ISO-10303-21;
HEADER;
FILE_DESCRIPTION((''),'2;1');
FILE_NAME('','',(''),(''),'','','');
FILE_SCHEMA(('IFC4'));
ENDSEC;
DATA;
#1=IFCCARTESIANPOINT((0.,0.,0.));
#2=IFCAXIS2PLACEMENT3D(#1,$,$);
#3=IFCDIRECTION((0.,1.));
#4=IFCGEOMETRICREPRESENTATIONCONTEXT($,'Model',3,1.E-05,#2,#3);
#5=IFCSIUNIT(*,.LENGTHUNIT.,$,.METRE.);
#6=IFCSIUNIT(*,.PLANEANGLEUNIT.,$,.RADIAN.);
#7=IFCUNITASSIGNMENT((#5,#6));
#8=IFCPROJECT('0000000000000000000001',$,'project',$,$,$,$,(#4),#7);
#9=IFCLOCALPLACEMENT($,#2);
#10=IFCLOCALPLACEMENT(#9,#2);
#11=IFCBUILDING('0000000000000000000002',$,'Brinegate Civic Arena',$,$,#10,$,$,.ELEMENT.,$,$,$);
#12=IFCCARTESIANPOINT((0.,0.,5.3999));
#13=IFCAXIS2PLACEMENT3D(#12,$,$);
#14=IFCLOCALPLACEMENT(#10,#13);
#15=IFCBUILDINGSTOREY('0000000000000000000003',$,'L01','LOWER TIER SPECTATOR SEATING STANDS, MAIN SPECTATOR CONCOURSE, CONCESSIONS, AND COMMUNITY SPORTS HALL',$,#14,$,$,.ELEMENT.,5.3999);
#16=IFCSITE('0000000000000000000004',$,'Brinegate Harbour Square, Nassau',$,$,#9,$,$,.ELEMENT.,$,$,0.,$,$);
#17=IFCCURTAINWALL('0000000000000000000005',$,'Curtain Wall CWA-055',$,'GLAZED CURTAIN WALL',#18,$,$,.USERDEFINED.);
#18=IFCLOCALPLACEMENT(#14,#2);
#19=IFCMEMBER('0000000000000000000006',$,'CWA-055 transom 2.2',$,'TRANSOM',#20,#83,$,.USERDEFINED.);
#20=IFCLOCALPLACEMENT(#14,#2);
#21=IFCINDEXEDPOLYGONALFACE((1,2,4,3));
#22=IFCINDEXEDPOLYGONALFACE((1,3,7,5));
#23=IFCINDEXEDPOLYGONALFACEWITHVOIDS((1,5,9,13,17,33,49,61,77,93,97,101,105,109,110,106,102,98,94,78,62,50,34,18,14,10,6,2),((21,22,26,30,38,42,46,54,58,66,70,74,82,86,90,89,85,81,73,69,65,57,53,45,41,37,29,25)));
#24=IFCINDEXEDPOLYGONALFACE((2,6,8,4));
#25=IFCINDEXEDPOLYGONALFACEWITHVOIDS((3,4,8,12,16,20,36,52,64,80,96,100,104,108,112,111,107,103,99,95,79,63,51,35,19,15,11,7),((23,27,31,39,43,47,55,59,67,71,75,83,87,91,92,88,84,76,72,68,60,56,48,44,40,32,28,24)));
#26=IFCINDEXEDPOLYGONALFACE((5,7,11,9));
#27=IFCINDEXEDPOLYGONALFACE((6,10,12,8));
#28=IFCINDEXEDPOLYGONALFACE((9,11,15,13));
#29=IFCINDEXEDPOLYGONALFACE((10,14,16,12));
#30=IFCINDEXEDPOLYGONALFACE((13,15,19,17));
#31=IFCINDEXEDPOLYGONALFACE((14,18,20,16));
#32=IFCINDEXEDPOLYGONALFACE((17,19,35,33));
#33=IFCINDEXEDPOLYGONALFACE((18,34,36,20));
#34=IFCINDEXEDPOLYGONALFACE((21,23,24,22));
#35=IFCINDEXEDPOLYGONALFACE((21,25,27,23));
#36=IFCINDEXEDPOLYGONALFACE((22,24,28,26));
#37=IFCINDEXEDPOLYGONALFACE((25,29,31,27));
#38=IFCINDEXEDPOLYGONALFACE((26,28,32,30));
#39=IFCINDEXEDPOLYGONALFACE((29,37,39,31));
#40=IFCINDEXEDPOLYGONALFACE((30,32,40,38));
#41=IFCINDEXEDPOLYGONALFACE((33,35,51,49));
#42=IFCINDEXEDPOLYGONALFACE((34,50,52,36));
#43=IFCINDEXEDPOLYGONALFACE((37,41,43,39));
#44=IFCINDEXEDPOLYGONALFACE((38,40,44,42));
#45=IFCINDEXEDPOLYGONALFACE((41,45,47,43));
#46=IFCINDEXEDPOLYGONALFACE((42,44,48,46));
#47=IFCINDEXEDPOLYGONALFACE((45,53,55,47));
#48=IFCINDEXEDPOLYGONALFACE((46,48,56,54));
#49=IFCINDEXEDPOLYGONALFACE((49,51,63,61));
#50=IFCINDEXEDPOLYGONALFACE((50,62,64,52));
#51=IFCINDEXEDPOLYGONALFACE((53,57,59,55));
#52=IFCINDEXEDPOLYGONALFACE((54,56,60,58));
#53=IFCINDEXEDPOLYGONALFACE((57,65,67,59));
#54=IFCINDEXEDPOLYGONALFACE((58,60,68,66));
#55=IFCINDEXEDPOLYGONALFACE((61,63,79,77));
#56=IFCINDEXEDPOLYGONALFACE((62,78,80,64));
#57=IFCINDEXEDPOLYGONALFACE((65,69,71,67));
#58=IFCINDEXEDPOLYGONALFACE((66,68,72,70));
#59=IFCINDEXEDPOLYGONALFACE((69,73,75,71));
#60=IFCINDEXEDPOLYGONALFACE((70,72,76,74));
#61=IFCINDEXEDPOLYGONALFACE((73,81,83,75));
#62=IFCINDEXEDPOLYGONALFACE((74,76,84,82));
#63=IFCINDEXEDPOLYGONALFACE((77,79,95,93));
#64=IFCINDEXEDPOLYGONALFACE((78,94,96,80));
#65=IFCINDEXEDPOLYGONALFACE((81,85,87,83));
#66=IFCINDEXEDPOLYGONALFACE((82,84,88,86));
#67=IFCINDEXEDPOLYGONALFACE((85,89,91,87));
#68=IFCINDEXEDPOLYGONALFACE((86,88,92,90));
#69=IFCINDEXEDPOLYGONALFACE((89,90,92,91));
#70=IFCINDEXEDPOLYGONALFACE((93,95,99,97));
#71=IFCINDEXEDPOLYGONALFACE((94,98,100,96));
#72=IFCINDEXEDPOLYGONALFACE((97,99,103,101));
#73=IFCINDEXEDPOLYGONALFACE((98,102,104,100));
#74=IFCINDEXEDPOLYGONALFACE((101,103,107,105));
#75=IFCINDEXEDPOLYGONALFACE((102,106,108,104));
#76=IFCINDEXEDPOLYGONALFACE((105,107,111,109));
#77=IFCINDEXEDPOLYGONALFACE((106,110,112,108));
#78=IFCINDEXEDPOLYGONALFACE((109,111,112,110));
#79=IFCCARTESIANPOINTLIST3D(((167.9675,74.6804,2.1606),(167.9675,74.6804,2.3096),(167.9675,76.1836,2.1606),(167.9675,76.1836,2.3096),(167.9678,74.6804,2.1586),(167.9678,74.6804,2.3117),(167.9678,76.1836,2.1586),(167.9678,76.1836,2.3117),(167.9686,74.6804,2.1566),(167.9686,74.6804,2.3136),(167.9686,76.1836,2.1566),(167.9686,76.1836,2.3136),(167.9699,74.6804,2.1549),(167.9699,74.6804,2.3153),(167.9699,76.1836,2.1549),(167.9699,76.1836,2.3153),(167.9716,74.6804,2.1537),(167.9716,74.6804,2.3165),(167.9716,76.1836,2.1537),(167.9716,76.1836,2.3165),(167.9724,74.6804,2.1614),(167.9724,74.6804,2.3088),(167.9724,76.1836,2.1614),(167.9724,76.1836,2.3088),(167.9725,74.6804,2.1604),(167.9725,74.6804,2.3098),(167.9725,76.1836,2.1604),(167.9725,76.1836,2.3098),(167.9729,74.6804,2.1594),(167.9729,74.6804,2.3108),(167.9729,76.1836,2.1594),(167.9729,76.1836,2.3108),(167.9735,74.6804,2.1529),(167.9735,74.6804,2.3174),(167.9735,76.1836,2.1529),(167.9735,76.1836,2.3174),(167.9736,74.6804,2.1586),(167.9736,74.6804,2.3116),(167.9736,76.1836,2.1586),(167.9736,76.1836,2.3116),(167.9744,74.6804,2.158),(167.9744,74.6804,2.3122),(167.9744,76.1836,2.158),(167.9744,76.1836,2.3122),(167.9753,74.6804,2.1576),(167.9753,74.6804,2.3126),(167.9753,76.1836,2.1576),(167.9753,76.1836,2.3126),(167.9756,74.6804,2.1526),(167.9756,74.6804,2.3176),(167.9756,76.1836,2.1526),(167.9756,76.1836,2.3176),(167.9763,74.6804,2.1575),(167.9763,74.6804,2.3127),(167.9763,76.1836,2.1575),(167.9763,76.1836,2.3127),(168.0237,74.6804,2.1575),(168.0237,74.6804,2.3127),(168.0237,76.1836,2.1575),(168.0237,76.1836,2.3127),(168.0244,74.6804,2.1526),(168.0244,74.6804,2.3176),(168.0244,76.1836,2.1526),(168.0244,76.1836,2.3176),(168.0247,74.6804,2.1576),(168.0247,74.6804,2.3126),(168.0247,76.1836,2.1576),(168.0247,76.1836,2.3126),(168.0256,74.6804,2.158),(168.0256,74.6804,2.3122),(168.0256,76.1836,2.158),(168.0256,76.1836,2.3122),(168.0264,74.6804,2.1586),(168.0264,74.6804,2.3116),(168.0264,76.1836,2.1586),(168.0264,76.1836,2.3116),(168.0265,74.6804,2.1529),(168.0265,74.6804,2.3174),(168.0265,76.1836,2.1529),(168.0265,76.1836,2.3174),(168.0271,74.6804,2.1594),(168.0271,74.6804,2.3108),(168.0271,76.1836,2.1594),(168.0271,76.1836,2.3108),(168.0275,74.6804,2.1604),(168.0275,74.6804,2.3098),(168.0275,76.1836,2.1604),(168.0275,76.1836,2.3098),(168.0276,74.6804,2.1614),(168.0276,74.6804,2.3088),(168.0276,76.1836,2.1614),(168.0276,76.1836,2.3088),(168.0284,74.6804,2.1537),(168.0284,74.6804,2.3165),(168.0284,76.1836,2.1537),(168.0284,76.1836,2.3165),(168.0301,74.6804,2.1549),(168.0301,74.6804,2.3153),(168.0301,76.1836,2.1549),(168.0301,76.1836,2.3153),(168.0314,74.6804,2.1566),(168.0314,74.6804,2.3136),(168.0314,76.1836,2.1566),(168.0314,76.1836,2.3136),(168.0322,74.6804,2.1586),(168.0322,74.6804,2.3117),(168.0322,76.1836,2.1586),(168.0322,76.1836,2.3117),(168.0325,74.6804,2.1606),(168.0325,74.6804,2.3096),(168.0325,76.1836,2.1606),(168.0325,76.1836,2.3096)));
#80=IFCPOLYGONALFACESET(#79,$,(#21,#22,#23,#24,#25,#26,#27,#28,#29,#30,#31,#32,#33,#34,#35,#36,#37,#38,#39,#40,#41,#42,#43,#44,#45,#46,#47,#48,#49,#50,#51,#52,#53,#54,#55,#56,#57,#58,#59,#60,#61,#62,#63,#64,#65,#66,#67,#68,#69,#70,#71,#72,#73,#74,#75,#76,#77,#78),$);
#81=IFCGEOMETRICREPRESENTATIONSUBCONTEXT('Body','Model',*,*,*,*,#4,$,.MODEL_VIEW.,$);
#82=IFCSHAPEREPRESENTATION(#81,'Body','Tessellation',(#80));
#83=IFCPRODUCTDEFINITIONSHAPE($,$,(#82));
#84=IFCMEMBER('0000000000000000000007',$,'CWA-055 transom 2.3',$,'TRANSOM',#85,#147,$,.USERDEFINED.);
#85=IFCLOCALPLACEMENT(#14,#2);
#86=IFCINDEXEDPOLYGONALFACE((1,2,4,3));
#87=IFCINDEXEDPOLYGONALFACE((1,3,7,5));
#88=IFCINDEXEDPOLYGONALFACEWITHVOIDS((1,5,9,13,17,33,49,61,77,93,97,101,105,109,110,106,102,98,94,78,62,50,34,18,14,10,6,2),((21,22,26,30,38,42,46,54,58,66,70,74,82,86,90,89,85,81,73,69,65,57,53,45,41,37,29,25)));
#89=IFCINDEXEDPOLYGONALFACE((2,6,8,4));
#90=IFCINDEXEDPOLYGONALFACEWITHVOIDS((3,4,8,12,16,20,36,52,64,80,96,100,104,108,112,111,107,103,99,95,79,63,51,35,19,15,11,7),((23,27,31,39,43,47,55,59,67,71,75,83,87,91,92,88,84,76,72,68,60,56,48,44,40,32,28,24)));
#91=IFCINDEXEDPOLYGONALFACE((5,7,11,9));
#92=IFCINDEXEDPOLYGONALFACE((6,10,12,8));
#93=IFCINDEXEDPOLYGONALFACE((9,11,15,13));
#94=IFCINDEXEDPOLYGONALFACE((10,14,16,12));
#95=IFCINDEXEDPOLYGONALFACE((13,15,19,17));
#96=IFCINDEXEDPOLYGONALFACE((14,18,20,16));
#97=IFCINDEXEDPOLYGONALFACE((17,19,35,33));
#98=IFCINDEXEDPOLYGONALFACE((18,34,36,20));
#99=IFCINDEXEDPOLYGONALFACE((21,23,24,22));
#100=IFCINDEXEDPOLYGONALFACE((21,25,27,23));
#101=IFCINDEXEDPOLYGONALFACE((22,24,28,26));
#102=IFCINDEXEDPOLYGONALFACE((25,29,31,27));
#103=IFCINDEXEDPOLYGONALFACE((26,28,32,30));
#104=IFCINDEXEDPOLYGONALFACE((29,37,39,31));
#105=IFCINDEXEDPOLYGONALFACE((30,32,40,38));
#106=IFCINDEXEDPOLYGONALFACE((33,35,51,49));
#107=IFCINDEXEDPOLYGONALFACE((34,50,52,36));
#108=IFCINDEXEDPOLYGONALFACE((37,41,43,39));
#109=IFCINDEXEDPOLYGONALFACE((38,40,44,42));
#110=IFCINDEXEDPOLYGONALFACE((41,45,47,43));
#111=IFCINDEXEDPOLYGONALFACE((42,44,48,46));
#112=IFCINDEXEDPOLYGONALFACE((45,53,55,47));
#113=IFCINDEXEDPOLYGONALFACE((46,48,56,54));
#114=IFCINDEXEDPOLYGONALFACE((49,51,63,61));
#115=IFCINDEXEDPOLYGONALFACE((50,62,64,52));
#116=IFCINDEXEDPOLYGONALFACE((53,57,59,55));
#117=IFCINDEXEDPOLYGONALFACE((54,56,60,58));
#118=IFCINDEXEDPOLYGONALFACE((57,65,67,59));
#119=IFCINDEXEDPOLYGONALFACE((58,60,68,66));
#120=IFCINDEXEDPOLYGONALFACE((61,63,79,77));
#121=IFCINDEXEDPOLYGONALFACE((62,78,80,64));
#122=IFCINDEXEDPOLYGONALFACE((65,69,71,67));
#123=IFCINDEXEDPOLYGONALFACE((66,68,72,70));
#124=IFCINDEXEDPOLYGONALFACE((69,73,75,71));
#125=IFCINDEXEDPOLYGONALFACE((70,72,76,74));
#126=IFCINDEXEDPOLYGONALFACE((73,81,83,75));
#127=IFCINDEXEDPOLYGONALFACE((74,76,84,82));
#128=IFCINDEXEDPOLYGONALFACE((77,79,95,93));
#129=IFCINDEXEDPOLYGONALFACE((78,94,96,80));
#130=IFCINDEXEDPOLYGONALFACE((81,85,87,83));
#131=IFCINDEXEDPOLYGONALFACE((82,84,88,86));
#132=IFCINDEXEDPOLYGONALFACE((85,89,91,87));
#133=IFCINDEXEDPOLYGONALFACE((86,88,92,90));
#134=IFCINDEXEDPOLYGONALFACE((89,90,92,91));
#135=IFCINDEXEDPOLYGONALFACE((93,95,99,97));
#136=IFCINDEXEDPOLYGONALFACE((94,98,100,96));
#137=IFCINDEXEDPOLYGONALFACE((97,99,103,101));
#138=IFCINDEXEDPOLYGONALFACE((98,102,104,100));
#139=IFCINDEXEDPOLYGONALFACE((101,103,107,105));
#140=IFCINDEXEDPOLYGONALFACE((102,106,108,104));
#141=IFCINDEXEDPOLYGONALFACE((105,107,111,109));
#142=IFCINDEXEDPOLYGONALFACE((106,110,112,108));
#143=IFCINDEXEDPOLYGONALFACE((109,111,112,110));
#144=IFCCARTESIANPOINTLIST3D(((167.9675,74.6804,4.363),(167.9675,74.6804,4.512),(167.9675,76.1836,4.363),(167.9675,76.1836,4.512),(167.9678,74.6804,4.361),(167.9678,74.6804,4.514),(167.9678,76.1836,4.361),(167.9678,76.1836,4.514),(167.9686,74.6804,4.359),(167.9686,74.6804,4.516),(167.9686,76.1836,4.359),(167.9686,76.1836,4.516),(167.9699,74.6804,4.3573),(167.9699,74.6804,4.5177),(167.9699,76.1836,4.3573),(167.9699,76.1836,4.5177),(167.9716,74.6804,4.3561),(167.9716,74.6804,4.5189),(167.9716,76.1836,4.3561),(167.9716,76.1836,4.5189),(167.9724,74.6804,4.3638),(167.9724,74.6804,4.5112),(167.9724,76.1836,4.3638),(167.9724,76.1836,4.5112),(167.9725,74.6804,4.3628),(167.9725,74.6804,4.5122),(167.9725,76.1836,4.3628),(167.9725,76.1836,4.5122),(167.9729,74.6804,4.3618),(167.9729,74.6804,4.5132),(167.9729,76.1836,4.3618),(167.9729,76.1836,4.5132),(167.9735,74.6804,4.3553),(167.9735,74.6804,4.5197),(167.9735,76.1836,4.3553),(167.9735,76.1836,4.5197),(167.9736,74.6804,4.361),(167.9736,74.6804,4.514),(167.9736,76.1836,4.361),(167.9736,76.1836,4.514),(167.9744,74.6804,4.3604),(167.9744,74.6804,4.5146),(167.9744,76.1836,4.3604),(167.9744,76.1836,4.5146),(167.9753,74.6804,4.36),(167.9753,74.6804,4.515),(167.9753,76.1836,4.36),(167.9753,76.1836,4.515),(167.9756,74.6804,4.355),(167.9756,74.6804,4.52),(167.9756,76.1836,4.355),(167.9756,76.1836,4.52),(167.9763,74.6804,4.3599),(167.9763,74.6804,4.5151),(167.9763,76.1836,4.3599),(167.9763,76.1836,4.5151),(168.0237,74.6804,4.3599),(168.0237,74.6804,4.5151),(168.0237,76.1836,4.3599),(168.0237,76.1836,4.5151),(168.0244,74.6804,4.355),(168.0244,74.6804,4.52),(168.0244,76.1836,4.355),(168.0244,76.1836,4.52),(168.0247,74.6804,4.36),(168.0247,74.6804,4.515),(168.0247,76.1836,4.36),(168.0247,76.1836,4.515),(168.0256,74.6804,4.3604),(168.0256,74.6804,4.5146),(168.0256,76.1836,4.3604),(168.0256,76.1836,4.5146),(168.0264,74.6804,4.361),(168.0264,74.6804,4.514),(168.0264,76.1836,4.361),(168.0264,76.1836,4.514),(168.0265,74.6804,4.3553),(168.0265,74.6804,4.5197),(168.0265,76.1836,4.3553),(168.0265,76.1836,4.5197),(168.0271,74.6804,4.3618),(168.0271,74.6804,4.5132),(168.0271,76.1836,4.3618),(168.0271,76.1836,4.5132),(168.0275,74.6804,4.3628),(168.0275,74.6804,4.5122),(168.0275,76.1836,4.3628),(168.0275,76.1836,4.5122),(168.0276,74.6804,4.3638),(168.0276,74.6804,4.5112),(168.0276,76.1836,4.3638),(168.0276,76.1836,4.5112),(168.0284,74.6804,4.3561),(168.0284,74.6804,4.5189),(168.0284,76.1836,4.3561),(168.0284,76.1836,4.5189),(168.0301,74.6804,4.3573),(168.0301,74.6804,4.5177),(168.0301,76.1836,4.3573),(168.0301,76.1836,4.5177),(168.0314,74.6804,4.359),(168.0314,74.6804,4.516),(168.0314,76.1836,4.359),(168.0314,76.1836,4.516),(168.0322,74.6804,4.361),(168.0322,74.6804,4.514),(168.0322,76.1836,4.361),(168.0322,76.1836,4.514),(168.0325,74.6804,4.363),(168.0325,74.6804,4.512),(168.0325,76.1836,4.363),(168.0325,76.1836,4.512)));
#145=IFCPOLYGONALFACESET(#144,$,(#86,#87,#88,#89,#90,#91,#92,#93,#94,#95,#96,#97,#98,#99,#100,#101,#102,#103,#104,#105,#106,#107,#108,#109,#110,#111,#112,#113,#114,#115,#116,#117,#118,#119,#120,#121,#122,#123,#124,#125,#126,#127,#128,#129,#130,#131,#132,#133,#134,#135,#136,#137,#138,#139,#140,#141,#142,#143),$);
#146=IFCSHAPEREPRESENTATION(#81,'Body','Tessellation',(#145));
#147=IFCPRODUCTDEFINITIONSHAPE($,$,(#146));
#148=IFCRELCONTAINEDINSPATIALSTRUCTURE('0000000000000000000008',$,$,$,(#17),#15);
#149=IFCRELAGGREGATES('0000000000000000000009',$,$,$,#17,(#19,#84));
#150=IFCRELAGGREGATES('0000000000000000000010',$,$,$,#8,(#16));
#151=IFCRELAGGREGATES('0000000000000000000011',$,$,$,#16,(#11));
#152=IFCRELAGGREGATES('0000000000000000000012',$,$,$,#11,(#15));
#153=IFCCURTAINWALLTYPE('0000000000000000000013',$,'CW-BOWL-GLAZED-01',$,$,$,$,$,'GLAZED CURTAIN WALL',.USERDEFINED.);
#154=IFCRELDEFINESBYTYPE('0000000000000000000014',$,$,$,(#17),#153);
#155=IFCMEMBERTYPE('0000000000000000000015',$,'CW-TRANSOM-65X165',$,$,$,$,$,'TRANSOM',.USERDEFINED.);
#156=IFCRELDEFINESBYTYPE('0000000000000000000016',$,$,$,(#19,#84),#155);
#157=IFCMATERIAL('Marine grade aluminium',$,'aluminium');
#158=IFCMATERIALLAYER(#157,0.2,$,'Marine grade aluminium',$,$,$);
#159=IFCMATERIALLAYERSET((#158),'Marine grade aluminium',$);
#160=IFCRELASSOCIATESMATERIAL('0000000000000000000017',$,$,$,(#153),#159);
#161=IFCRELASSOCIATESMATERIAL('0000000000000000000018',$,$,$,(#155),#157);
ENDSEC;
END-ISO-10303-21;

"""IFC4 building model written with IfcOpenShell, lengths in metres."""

from ifc_helpers import new_model, si_unit, direction, frame, origin, origin_2d, place, context, subcontext, project, spatial, hollow_rectangle, extrude, material, layer, layer_set, material_profile, profile_set, type_object, element, aggregate, save


model = new_model("IFC4")

# Units and contexts
model_context = context("Model", 3, precision=1e-05, world=origin(), true_north=direction((0.0, 1.0)))
body_context = subcontext(model_context, "Body", "Model", "MODEL_VIEW")
ifc_project = project(units=[si_unit("LENGTHUNIT", "METRE"), si_unit("PLANEANGLEUNIT", "RADIAN")], contexts=[model_context])

# Site, building, storey
site_placement = place(None, origin())
site = spatial("IfcSite", under=ifc_project, at=site_placement, Name="Brinegate Harbour Square, Nassau", CompositionType="ELEMENT", RefElevation=0.0)
building_placement = place(site_placement, origin())
building = spatial("IfcBuilding", under=site, at=building_placement, Name="Brinegate Civic Arena", CompositionType="ELEMENT")
storey_placement = place(building_placement, frame((0.0, 0.0, 5.3999)))
storey = spatial("IfcBuildingStorey", under=building, at=storey_placement, Name="L01", Description="LOWER TIER SPECTATOR SEATING STANDS, MAIN SPECTATOR CONCOURSE, CONCESSIONS, AND COMMUNITY SPORTS HALL", CompositionType="ELEMENT", Elevation=5.3999)

# Curtain wall, members
ifc_material_1 = material(Name="Marine grade aluminium", Category="aluminium")
ifc_layer_1 = layer(ifc_material_1, 0.2, Name="Marine grade aluminium")
ifc_layer_set_1 = layer_set([ifc_layer_1], Name="Marine grade aluminium")
curtain_wall_type = type_object("IfcCurtainWallType", Name="CW-BOWL-GLAZED-01", ElementType="GLAZED CURTAIN WALL", PredefinedType="USERDEFINED", material=ifc_layer_set_1)
curtain_wall_placement = place(storey_placement, origin())
curtain_wall = element("IfcCurtainWall", 1, at=curtain_wall_placement, inside=storey, type_object=curtain_wall_type, Name="Curtain Wall CWA-055", ObjectType="GLAZED CURTAIN WALL", PredefinedType="USERDEFINED")
ifc_material_profile_1 = material_profile(ifc_material_1, hollow_rectangle(XDim=0.0649, YDim=0.165, WallThickness=0.0049, InnerFilletRadius=0.0039, OuterFilletRadius=0.0081, at=origin_2d()), Name="TRN65X165")
ifc_profile_set_1 = profile_set([ifc_material_profile_1], Name="Marine grade aluminium")
member_type_1 = type_object("IfcMemberType", Name="CW-TRANSOM-65X165", ElementType="TRANSOM", PredefinedType="USERDEFINED", material=ifc_profile_set_1)
member_1_placement = place(storey_placement, frame((168.0, 74.6804, 2.2351), z_axis=(0.0, 1.0, 0.0), x_axis=(-1.0, 0.0, 0.0)))
member_1 = element("IfcMember", 2, at=member_1_placement, type_object=member_type_1, Name="CWA-055 transom 2.2", ObjectType="TRANSOM", PredefinedType="USERDEFINED", context=body_context, shape_type="SweptSolid", body=[
    extrude(hollow_rectangle(XDim=0.0649, YDim=0.165, WallThickness=0.0049, InnerFilletRadius=0.0039, OuterFilletRadius=0.0081, at=origin_2d()), origin(), (0.0, 0.0, 1.0), 1.5032),
])
member_2_placement = place(storey_placement, frame((168.0, 74.6804, 4.4375), z_axis=(0.0, 1.0, 0.0), x_axis=(-1.0, 0.0, 0.0)))
member_2 = element("IfcMember", 3, at=member_2_placement, type_object=member_type_1, Name="CWA-055 transom 2.3", ObjectType="TRANSOM", PredefinedType="USERDEFINED", context=body_context, shape_type="SweptSolid", body=[
    extrude(hollow_rectangle(XDim=0.0649, YDim=0.165, WallThickness=0.0049, InnerFilletRadius=0.0039, OuterFilletRadius=0.0081, at=origin_2d()), origin(), (0.0, 0.0, 1.0), 1.5032),
])
aggregate(curtain_wall, [member_1, member_2])

save(model, "model.ifc")
